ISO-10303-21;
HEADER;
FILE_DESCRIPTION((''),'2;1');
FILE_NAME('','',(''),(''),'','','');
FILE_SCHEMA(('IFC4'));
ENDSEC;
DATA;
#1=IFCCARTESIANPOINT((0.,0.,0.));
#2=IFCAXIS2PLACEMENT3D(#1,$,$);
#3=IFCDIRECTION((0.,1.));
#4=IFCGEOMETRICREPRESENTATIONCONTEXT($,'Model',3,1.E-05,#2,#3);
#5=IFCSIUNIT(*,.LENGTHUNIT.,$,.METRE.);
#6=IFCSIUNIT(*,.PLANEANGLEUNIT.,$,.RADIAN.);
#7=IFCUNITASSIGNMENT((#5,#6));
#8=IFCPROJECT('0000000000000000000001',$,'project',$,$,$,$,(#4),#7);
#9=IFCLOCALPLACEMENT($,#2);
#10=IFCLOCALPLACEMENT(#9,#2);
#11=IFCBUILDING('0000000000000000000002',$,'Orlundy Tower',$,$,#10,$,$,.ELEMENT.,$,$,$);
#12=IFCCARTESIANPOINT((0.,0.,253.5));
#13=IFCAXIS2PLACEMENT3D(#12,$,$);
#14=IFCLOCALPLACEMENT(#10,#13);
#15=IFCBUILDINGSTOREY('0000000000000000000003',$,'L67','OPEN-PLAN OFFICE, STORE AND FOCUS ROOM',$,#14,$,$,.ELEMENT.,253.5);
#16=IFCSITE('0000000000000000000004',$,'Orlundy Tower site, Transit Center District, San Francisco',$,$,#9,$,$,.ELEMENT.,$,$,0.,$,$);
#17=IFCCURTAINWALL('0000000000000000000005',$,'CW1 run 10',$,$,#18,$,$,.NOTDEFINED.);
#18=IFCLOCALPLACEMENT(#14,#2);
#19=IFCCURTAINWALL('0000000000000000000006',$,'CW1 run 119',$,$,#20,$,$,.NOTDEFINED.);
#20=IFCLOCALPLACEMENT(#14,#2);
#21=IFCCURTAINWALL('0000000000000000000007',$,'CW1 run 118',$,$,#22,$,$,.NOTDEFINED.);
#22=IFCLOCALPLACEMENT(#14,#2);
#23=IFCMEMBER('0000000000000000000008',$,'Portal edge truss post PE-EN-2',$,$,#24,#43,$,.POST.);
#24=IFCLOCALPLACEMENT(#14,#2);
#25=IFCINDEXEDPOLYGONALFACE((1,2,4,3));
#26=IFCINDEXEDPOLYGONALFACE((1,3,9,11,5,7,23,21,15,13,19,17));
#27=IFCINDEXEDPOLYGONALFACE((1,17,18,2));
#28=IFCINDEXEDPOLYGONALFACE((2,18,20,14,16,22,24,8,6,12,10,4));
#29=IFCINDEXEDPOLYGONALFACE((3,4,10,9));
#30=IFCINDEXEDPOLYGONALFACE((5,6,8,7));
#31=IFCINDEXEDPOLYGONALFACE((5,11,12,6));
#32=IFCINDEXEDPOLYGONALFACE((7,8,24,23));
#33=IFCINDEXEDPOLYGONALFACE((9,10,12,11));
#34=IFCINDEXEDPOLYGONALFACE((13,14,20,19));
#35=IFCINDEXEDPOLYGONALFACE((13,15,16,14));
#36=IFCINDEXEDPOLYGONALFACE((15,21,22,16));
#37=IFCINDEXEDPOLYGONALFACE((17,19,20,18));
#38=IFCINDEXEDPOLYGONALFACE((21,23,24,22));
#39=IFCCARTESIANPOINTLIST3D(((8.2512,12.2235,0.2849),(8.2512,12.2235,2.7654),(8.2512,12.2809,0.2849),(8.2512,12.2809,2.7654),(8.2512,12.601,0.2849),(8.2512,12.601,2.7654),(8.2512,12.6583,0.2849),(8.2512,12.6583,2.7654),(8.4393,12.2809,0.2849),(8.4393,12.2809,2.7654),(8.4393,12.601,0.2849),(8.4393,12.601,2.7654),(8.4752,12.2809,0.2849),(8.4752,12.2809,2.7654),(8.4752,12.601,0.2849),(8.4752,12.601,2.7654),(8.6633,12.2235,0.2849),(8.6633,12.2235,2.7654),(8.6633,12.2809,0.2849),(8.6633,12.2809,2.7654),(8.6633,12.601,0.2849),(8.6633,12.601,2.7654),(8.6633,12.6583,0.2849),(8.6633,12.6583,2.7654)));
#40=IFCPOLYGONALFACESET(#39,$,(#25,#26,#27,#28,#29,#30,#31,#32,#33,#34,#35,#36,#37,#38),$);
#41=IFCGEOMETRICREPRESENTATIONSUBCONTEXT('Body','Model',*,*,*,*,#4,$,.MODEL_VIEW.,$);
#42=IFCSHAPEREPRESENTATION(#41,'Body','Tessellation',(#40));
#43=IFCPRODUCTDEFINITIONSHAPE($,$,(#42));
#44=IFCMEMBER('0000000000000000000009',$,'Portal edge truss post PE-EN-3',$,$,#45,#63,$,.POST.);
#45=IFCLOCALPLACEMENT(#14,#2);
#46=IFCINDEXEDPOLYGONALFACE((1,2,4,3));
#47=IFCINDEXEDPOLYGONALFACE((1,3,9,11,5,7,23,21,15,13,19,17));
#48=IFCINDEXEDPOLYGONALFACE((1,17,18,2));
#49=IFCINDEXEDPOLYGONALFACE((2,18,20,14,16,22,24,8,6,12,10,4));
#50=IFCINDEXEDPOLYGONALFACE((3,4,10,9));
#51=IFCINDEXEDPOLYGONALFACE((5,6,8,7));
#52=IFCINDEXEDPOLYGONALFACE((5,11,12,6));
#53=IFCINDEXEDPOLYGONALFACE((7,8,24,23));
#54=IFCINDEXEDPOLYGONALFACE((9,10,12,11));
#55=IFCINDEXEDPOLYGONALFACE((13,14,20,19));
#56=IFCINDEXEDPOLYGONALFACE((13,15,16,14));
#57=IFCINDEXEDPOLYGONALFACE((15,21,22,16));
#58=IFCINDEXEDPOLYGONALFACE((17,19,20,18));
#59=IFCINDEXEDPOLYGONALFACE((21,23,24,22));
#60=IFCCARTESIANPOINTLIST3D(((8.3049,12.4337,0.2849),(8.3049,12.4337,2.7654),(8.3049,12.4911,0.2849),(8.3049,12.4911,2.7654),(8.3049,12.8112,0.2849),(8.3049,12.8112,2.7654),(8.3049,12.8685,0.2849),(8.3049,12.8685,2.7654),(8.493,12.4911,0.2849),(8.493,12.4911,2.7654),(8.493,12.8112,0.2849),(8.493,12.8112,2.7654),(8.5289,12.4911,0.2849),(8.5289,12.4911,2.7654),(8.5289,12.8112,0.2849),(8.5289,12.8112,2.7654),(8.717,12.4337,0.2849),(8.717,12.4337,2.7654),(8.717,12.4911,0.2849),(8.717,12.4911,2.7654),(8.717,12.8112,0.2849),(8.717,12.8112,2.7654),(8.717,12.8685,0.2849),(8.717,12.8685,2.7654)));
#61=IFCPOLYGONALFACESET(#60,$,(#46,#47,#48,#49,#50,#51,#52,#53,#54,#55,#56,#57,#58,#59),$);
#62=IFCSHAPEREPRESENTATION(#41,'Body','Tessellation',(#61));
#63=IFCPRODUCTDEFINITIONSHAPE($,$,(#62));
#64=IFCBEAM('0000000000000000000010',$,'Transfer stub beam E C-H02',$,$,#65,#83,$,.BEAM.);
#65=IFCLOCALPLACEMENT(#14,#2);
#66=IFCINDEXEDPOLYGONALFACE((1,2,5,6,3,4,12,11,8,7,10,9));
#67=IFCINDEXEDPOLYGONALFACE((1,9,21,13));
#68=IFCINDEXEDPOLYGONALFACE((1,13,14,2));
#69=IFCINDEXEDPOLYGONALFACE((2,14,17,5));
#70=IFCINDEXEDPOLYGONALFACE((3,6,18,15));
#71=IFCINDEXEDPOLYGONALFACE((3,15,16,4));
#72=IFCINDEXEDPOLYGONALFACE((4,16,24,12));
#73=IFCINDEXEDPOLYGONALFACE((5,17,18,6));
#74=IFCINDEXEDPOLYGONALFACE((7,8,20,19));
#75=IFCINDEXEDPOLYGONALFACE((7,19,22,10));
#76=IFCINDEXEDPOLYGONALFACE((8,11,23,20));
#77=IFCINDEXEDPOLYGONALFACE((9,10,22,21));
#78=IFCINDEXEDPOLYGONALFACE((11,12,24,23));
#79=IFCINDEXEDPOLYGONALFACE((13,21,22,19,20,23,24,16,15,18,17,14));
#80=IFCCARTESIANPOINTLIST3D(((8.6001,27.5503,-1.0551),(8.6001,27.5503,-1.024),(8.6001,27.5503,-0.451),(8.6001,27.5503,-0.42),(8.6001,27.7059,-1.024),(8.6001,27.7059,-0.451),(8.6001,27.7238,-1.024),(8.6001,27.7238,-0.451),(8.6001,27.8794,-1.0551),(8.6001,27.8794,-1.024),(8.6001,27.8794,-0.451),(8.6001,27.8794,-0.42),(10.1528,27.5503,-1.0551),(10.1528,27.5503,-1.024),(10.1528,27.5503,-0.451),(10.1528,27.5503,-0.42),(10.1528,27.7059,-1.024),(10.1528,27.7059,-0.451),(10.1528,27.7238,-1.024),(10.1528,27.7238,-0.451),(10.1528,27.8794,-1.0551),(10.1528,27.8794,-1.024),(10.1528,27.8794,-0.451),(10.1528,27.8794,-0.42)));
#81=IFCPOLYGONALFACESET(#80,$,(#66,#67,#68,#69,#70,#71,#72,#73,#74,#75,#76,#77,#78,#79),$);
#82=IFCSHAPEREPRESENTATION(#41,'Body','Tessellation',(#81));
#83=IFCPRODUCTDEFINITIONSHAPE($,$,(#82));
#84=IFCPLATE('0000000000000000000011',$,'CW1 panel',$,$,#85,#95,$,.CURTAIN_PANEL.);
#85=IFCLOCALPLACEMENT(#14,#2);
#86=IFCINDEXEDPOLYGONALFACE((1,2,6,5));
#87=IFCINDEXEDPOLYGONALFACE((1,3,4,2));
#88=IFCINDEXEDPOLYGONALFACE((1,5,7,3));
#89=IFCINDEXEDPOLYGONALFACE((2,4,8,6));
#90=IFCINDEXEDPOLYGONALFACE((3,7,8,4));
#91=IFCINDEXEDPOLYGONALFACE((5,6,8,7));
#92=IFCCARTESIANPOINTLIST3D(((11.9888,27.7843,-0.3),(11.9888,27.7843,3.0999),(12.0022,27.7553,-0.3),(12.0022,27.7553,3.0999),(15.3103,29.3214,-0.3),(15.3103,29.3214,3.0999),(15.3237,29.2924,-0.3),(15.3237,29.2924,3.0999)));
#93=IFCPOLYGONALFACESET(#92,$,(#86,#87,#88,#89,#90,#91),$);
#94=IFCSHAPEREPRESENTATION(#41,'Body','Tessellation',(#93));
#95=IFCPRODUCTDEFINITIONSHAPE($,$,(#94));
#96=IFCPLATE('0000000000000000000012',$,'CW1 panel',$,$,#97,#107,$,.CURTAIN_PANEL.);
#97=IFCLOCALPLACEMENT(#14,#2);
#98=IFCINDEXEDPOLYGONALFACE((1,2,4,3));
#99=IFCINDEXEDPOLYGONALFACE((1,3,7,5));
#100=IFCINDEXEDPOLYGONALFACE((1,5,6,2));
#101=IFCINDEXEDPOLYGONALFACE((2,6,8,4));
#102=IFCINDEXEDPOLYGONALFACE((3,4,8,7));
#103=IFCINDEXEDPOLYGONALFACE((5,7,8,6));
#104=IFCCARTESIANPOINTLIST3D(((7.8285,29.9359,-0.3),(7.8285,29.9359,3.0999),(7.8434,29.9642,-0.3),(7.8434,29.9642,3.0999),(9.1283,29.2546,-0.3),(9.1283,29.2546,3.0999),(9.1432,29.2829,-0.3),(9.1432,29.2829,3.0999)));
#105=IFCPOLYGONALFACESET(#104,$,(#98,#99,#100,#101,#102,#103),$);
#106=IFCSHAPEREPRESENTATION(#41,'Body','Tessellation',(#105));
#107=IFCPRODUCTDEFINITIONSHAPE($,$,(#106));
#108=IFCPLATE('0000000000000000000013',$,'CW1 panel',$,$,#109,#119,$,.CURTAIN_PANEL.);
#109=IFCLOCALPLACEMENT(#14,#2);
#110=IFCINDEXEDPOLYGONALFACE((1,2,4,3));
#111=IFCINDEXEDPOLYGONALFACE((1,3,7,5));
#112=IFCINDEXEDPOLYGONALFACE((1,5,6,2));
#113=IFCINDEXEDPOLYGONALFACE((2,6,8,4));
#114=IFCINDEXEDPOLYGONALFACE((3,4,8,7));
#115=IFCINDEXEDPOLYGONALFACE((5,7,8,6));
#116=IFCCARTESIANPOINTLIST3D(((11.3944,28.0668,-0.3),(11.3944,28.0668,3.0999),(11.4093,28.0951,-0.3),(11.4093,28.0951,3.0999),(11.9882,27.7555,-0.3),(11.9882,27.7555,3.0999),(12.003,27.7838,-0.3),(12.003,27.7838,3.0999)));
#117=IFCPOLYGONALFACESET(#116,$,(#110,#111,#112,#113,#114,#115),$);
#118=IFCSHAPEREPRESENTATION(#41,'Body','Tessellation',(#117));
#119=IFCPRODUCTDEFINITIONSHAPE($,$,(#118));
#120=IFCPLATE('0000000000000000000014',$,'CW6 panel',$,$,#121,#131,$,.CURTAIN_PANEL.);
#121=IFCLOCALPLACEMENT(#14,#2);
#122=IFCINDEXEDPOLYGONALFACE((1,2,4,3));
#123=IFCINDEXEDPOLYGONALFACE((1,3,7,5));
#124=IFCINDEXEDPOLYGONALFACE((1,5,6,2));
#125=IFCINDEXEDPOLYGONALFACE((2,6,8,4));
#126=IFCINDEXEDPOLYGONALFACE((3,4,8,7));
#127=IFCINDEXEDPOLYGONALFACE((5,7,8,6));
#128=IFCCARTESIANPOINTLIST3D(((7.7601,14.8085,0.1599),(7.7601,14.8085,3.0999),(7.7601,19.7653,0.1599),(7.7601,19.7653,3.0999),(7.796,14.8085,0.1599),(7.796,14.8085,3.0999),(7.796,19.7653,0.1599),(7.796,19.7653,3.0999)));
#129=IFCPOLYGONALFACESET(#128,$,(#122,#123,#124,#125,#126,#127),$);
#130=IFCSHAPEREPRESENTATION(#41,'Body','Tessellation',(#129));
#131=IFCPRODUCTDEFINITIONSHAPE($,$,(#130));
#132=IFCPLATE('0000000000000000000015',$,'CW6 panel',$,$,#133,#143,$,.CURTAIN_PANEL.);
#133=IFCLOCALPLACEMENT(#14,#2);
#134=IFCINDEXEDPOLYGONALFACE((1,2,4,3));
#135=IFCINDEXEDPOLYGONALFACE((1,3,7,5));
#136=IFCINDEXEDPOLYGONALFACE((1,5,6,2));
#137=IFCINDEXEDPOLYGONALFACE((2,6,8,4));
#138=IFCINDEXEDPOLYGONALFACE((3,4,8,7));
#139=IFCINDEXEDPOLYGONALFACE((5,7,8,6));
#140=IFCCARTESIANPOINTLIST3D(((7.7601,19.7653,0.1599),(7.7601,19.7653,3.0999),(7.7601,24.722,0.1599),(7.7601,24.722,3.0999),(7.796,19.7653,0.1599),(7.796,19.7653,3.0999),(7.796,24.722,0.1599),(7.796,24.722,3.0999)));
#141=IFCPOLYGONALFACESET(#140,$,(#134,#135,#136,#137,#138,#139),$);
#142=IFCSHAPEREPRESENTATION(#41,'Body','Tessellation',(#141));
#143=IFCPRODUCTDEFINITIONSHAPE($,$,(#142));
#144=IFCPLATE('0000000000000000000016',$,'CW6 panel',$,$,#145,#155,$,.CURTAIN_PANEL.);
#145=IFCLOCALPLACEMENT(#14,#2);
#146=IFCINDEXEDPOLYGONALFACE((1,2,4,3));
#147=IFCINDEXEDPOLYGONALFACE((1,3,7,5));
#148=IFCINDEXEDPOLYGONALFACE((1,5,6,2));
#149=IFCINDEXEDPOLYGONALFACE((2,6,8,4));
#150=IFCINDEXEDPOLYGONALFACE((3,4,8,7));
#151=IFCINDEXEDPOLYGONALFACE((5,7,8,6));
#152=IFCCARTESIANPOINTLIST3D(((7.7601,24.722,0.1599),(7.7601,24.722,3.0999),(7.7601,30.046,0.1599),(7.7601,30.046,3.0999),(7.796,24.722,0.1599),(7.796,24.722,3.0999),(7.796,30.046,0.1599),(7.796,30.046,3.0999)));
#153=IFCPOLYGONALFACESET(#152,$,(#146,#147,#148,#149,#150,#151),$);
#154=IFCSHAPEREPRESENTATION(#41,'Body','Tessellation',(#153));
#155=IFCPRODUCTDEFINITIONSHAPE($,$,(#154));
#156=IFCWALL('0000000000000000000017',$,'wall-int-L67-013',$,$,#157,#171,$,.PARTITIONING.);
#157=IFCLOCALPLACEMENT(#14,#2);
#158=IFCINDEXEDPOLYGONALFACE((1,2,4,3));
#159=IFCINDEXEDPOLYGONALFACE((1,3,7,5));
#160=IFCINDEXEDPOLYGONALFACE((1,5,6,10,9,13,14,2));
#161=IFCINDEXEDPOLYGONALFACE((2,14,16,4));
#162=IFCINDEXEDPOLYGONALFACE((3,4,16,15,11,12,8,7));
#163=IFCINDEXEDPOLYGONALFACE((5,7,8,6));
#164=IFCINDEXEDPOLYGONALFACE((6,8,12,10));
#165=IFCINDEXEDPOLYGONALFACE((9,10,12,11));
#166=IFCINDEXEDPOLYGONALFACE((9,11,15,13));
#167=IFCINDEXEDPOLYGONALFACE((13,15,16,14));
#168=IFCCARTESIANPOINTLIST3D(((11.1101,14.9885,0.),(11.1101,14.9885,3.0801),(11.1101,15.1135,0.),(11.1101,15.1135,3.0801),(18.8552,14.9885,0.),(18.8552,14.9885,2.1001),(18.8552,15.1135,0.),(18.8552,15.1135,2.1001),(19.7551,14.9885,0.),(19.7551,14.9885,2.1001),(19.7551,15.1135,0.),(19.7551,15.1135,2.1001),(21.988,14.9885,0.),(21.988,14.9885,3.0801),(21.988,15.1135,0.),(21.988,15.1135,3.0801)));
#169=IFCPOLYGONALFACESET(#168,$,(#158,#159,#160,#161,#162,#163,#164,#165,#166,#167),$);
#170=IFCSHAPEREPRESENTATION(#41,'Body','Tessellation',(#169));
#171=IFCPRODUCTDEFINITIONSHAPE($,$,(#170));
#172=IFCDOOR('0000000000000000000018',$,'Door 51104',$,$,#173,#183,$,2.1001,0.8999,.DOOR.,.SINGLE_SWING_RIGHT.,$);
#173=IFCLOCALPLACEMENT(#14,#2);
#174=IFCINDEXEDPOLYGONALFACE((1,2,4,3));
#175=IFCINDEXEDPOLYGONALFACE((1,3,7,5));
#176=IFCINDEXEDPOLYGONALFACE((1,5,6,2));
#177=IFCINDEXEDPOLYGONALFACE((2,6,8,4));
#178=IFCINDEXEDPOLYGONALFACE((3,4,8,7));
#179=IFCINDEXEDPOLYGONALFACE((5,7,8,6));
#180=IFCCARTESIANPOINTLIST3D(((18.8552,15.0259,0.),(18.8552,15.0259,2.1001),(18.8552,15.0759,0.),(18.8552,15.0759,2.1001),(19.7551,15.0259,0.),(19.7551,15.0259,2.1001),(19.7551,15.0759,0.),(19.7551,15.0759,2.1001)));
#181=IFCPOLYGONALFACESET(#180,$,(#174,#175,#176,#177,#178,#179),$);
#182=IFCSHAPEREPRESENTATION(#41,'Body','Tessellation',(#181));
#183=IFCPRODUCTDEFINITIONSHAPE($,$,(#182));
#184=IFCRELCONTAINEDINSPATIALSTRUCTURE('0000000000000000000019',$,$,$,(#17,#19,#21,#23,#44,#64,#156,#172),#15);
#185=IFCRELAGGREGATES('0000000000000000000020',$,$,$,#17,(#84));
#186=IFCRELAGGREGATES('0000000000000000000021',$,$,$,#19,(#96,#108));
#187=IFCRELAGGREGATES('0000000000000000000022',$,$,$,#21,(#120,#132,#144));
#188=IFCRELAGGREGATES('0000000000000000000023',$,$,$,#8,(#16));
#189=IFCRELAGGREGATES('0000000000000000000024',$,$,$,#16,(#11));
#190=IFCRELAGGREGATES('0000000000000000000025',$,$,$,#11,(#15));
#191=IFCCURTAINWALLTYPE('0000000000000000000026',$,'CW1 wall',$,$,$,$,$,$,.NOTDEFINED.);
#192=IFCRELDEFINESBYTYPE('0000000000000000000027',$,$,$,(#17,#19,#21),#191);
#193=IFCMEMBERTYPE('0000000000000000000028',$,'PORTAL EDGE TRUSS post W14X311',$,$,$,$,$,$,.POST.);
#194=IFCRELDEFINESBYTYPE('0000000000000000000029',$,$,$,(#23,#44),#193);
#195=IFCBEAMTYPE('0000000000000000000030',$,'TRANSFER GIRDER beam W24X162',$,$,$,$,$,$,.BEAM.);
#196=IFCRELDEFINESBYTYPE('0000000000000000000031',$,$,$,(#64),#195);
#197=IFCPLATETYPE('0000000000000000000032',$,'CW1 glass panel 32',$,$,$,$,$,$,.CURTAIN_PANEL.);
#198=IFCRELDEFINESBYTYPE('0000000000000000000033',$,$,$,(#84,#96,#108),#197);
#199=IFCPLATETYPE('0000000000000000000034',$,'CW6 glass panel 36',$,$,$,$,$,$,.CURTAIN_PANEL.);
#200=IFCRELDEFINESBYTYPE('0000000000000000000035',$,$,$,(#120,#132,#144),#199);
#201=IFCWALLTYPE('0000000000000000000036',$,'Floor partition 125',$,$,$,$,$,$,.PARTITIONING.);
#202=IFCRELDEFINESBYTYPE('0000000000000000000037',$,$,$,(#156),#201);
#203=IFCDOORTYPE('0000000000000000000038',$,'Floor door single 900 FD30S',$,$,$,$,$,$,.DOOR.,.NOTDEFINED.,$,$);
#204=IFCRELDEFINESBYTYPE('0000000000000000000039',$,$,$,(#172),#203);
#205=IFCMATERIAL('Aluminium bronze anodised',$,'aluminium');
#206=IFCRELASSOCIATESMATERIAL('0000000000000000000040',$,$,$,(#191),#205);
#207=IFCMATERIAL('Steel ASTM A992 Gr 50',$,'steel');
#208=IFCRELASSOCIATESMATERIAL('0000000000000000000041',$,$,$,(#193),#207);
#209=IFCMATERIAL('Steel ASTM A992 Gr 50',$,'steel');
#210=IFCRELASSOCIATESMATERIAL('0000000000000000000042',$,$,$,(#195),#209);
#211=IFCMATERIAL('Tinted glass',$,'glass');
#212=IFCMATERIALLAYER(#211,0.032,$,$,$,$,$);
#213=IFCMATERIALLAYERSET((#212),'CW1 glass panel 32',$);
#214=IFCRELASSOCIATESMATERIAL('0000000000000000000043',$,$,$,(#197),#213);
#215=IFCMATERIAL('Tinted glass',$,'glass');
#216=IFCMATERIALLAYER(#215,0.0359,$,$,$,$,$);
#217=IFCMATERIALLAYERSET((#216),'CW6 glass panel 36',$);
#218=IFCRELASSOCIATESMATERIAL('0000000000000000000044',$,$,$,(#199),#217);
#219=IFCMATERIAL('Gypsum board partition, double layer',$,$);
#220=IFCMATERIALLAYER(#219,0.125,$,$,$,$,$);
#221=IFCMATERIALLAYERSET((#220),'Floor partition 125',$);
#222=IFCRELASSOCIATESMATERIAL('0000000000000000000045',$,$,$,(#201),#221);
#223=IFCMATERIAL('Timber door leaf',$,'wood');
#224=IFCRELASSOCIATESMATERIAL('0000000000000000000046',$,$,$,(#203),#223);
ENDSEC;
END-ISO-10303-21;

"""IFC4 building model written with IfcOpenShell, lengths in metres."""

from ifc_helpers import new_model, si_unit, direction, frame, frame_2d, origin, origin_2d, place, context, subcontext, project, spatial, rectangle, i_section, extrude, material, layer, layer_set, material_profile, profile_set, type_object, element, fill, aggregate, save


model = new_model("IFC4")

# Units and contexts
model_context = context("Model", 3, precision=1e-05, world=origin(), true_north=direction((0.0, 1.0)))
body_context = subcontext(model_context, "Body", "Model", "MODEL_VIEW")
ifc_project = project(units=[si_unit("LENGTHUNIT", "METRE"), si_unit("PLANEANGLEUNIT", "RADIAN")], contexts=[model_context])

# Site, building, storey
site_placement = place(None, origin())
site = spatial("IfcSite", under=ifc_project, at=site_placement, Name="Orlundy Tower site, Transit Center District, San Francisco", CompositionType="ELEMENT", RefElevation=0.0)
building_placement = place(site_placement, origin())
building = spatial("IfcBuilding", under=site, at=building_placement, Name="Orlundy Tower", CompositionType="ELEMENT")
storey_placement = place(building_placement, frame((0.0, 0.0, 253.5)))
storey = spatial("IfcBuildingStorey", under=building, at=storey_placement, Name="L67", Description="OPEN-PLAN OFFICE, STORE AND FOCUS ROOM", CompositionType="ELEMENT", Elevation=253.5)

# Curtain walls
ifc_material_1 = material(Name="Aluminium bronze anodised", Category="aluminium")
curtain_wall_type = type_object("IfcCurtainWallType", Name="CW1 wall", PredefinedType="NOTDEFINED", material=ifc_material_1)
curtain_wall_1_placement = place(storey_placement, origin())
curtain_wall_1 = element("IfcCurtainWall", 1, at=curtain_wall_1_placement, inside=storey, type_object=curtain_wall_type, Name="CW1 run 10", PredefinedType="NOTDEFINED")
curtain_wall_2_placement = place(storey_placement, origin())
curtain_wall_2 = element("IfcCurtainWall", 2, at=curtain_wall_2_placement, inside=storey, type_object=curtain_wall_type, Name="CW1 run 119", PredefinedType="NOTDEFINED")

# Curtain wall
curtain_wall_3_placement = place(storey_placement, origin())
curtain_wall_3 = element("IfcCurtainWall", 3, at=curtain_wall_3_placement, inside=storey, type_object=curtain_wall_type, Name="CW1 run 118", PredefinedType="NOTDEFINED")

# Members
ifc_material_2 = material(Name="Steel ASTM A992 Gr 50", Category="steel")
ifc_material_profile_1 = material_profile(ifc_material_2, i_section(OverallWidth=0.4121, OverallDepth=0.4348, WebThickness=0.0359, FlangeThickness=0.0574, at=origin_2d()), Name="W14X311")
ifc_profile_set_1 = profile_set([ifc_material_profile_1], Name="Steel ASTM A992 Gr 50")
member_type_1 = type_object("IfcMemberType", Name="PORTAL EDGE TRUSS post W14X311", PredefinedType="POST", material=ifc_profile_set_1)
for number, where, z_axis, x_axis, name in (
    (4, (8.4573, 12.4409, 0.2849), (0.0, 0.0, 1.0), (1.0, 0.0, 0.0), "Portal edge truss post PE-EN-2"),
    (5, (8.511, 12.6511, 0.2849), (0.0, 0.0, 1.0), (1.0, 0.0, 0.0), "Portal edge truss post PE-EN-3"),
):
    element("IfcMember", number, at=place(storey_placement, frame(where, z_axis=z_axis, x_axis=x_axis)), inside=storey, type_object=member_type_1, Name=name, PredefinedType="POST", context=body_context, shape_type="SweptSolid", body=[
        extrude(i_section(OverallWidth=0.4121, OverallDepth=0.4348, WebThickness=0.0359, FlangeThickness=0.0574, at=origin_2d()), origin(), (0.0, 0.0, 1.0), 2.4805),
    ])

# Beam
ifc_material_3 = material(Name="Steel ASTM A992 Gr 50", Category="steel")
ifc_material_profile_2 = material_profile(ifc_material_3, i_section(OverallWidth=0.3291, OverallDepth=0.635, WebThickness=0.0178, FlangeThickness=0.031, at=origin_2d()), Name="W24X162")
ifc_profile_set_2 = profile_set([ifc_material_profile_2], Name="Steel ASTM A992 Gr 50")
beam_type = type_object("IfcBeamType", Name="TRANSFER GIRDER beam W24X162", PredefinedType="BEAM", material=ifc_profile_set_2)
beam_placement = place(storey_placement, frame((8.6001, 27.7148, -0.7375), z_axis=(1.0, 0.0, 0.0), x_axis=(0.0, 1.0, 0.0)))
element("IfcBeam", 6, at=beam_placement, inside=storey, type_object=beam_type, Name="Transfer stub beam E C-H02", PredefinedType="BEAM", context=body_context, shape_type="SweptSolid", body=[
    extrude(i_section(OverallWidth=0.3291, OverallDepth=0.635, WebThickness=0.0178, FlangeThickness=0.031, at=origin_2d()), origin(), (0.0, 0.0, 1.0), 1.5527),
])

# Plates
ifc_material_4 = material(Name="Tinted glass", Category="glass")
ifc_layer_1 = layer(ifc_material_4, 0.032)
ifc_layer_set_1 = layer_set([ifc_layer_1], Name="CW1 glass panel 32")
plate_type_1 = type_object("IfcPlateType", Name="CW1 glass panel 32", PredefinedType="CURTAIN_PANEL", material=ifc_layer_set_1)
plate_1_placement = place(storey_placement, frame((13.6562, 28.5383, -0.3), z_axis=(0.0, 0.0, 1.0), x_axis=(0.907535, 0.419976, 0.0)))
plate_1 = element("IfcPlate", 7, at=plate_1_placement, type_object=plate_type_1, Name="CW1 panel", PredefinedType="CURTAIN_PANEL", context=body_context, shape_type="SweptSolid", body=[
    extrude(rectangle(XDim=3.6599, YDim=0.032, at=origin_2d()), origin(), (0.0, 0.0, 1.0), 3.3999),
])
aggregate(curtain_wall_1, [plate_1])
plate_2_placement = place(storey_placement, frame((8.4858, 29.6094, -0.3), z_axis=(0.0, 0.0, 1.0), x_axis=(0.885697, -0.464264, 0.0)))
plate_2 = element("IfcPlate", 8, at=plate_2_placement, type_object=plate_type_1, Name="CW1 panel", PredefinedType="CURTAIN_PANEL", context=body_context, shape_type="SweptSolid", body=[
    extrude(rectangle(XDim=1.4675, YDim=0.032, at=origin_2d()), origin(), (0.0, 0.0, 1.0), 3.3999),
])
plate_3_placement = place(storey_placement, frame((11.6987, 27.9253, -0.3), z_axis=(0.0, 0.0, 1.0), x_axis=(0.885697, -0.464264, 0.0)))
plate_3 = element("IfcPlate", 9, at=plate_3_placement, type_object=plate_type_1, Name="CW1 panel", PredefinedType="CURTAIN_PANEL", context=body_context, shape_type="SweptSolid", body=[
    extrude(rectangle(XDim=0.6704, YDim=0.032, at=origin_2d()), origin(), (0.0, 0.0, 1.0), 3.3999),
])
aggregate(curtain_wall_2, [plate_2, plate_3])
ifc_material_5 = material(Name="Tinted glass", Category="glass")
ifc_layer_2 = layer(ifc_material_5, 0.0359)
ifc_layer_set_2 = layer_set([ifc_layer_2], Name="CW6 glass panel 36")
plate_type_2 = type_object("IfcPlateType", Name="CW6 glass panel 36", PredefinedType="CURTAIN_PANEL", material=ifc_layer_set_2)
plate_4_placement = place(storey_placement, frame((7.7781, 17.2869, 0.1599), z_axis=(0.0, 0.0, 1.0), x_axis=(0.0, 1.0, 0.0)))
plate_4 = element("IfcPlate", 10, at=plate_4_placement, type_object=plate_type_2, Name="CW6 panel", PredefinedType="CURTAIN_PANEL", context=body_context, shape_type="SweptSolid", body=[
    extrude(rectangle(XDim=4.9568, YDim=0.0359, at=origin_2d()), origin(), (0.0, 0.0, 1.0), 2.9399),
])
plate_5_placement = place(storey_placement, frame((7.7781, 22.2437, 0.1599), z_axis=(0.0, 0.0, 1.0), x_axis=(0.0, 1.0, 0.0)))
plate_5 = element("IfcPlate", 11, at=plate_5_placement, type_object=plate_type_2, Name="CW6 panel", PredefinedType="CURTAIN_PANEL", context=body_context, shape_type="SweptSolid", body=[
    extrude(rectangle(XDim=4.9568, YDim=0.0359, at=origin_2d()), origin(), (0.0, 0.0, 1.0), 2.9399),
])
plate_6_placement = place(storey_placement, frame((7.7781, 27.384, 0.1599), z_axis=(0.0, 0.0, 1.0), x_axis=(0.0, 1.0, 0.0)))
plate_6 = element("IfcPlate", 12, at=plate_6_placement, type_object=plate_type_2, Name="CW6 panel", PredefinedType="CURTAIN_PANEL", context=body_context, shape_type="SweptSolid", body=[
    extrude(rectangle(XDim=5.324, YDim=0.0359, at=origin_2d()), origin(), (0.0, 0.0, 1.0), 2.9399),
])
aggregate(curtain_wall_3, [plate_4, plate_5, plate_6])

# Wall, opening, door
ifc_material_6 = material(Name="Gypsum board partition, double layer")
ifc_layer_3 = layer(ifc_material_6, 0.125)
ifc_layer_set_3 = layer_set([ifc_layer_3], Name="Floor partition 125")
wall_type = type_object("IfcWallType", Name="Floor partition 125", PredefinedType="PARTITIONING", material=ifc_layer_set_3)
wall_1_placement = place(storey_placement, frame((11.1101, 15.051, 0.0), z_axis=(0.0, 0.0, 1.0), x_axis=(1.0, 0.0, 0.0)))
wall_1 = element("IfcWall", 13, at=wall_1_placement, inside=storey, type_object=wall_type, Name="wall-int-L67-013", PredefinedType="PARTITIONING", context=body_context, shape_type="SweptSolid", body=[
    extrude(rectangle(XDim=10.8779, YDim=0.125, at=frame_2d((5.439, 0.0))), origin(), (0.0, 0.0, 1.0), 3.0801),
])
opening_placement = place(wall_1_placement, frame((7.7451, 0.0, 0.0)))
opening = element("IfcOpeningElement", 14, at=opening_placement, cuts=wall_1, PredefinedType="OPENING", context=body_context, shape_type="SweptSolid", body=[
    extrude(rectangle(XDim=0.8999, YDim=2.1001, at=frame_2d((0.45, 1.05))), frame((0.0, 0.0725, 0.0), z_axis=(0.0, -1.0, 0.0), x_axis=(1.0, 0.0, 0.0)), (0.0, 0.0, 1.0), 0.145),
])
ifc_material_7 = material(Name="Timber door leaf", Category="wood")
door_type = type_object("IfcDoorType", Name="Floor door single 900 FD30S", OperationType="NOTDEFINED", PredefinedType="DOOR", material=ifc_material_7)
door_placement = place(opening_placement, origin())
door = element("IfcDoor", 15, at=door_placement, inside=storey, type_object=door_type, Name="Door 51104", OperationType="SINGLE_SWING_RIGHT", OverallHeight=2.1001, OverallWidth=0.8999, PredefinedType="DOOR", context=body_context, shape_type="SweptSolid", body=[
    extrude(rectangle(XDim=0.8999, YDim=2.1001, at=frame_2d((0.45, 1.05))), frame((0.0, 0.0249, 0.0), z_axis=(0.0, -1.0, 0.0), x_axis=(1.0, 0.0, 0.0)), (0.0, 0.0, 1.0), 0.05),
])
fill(opening, door)

save(model, "model.ifc")
